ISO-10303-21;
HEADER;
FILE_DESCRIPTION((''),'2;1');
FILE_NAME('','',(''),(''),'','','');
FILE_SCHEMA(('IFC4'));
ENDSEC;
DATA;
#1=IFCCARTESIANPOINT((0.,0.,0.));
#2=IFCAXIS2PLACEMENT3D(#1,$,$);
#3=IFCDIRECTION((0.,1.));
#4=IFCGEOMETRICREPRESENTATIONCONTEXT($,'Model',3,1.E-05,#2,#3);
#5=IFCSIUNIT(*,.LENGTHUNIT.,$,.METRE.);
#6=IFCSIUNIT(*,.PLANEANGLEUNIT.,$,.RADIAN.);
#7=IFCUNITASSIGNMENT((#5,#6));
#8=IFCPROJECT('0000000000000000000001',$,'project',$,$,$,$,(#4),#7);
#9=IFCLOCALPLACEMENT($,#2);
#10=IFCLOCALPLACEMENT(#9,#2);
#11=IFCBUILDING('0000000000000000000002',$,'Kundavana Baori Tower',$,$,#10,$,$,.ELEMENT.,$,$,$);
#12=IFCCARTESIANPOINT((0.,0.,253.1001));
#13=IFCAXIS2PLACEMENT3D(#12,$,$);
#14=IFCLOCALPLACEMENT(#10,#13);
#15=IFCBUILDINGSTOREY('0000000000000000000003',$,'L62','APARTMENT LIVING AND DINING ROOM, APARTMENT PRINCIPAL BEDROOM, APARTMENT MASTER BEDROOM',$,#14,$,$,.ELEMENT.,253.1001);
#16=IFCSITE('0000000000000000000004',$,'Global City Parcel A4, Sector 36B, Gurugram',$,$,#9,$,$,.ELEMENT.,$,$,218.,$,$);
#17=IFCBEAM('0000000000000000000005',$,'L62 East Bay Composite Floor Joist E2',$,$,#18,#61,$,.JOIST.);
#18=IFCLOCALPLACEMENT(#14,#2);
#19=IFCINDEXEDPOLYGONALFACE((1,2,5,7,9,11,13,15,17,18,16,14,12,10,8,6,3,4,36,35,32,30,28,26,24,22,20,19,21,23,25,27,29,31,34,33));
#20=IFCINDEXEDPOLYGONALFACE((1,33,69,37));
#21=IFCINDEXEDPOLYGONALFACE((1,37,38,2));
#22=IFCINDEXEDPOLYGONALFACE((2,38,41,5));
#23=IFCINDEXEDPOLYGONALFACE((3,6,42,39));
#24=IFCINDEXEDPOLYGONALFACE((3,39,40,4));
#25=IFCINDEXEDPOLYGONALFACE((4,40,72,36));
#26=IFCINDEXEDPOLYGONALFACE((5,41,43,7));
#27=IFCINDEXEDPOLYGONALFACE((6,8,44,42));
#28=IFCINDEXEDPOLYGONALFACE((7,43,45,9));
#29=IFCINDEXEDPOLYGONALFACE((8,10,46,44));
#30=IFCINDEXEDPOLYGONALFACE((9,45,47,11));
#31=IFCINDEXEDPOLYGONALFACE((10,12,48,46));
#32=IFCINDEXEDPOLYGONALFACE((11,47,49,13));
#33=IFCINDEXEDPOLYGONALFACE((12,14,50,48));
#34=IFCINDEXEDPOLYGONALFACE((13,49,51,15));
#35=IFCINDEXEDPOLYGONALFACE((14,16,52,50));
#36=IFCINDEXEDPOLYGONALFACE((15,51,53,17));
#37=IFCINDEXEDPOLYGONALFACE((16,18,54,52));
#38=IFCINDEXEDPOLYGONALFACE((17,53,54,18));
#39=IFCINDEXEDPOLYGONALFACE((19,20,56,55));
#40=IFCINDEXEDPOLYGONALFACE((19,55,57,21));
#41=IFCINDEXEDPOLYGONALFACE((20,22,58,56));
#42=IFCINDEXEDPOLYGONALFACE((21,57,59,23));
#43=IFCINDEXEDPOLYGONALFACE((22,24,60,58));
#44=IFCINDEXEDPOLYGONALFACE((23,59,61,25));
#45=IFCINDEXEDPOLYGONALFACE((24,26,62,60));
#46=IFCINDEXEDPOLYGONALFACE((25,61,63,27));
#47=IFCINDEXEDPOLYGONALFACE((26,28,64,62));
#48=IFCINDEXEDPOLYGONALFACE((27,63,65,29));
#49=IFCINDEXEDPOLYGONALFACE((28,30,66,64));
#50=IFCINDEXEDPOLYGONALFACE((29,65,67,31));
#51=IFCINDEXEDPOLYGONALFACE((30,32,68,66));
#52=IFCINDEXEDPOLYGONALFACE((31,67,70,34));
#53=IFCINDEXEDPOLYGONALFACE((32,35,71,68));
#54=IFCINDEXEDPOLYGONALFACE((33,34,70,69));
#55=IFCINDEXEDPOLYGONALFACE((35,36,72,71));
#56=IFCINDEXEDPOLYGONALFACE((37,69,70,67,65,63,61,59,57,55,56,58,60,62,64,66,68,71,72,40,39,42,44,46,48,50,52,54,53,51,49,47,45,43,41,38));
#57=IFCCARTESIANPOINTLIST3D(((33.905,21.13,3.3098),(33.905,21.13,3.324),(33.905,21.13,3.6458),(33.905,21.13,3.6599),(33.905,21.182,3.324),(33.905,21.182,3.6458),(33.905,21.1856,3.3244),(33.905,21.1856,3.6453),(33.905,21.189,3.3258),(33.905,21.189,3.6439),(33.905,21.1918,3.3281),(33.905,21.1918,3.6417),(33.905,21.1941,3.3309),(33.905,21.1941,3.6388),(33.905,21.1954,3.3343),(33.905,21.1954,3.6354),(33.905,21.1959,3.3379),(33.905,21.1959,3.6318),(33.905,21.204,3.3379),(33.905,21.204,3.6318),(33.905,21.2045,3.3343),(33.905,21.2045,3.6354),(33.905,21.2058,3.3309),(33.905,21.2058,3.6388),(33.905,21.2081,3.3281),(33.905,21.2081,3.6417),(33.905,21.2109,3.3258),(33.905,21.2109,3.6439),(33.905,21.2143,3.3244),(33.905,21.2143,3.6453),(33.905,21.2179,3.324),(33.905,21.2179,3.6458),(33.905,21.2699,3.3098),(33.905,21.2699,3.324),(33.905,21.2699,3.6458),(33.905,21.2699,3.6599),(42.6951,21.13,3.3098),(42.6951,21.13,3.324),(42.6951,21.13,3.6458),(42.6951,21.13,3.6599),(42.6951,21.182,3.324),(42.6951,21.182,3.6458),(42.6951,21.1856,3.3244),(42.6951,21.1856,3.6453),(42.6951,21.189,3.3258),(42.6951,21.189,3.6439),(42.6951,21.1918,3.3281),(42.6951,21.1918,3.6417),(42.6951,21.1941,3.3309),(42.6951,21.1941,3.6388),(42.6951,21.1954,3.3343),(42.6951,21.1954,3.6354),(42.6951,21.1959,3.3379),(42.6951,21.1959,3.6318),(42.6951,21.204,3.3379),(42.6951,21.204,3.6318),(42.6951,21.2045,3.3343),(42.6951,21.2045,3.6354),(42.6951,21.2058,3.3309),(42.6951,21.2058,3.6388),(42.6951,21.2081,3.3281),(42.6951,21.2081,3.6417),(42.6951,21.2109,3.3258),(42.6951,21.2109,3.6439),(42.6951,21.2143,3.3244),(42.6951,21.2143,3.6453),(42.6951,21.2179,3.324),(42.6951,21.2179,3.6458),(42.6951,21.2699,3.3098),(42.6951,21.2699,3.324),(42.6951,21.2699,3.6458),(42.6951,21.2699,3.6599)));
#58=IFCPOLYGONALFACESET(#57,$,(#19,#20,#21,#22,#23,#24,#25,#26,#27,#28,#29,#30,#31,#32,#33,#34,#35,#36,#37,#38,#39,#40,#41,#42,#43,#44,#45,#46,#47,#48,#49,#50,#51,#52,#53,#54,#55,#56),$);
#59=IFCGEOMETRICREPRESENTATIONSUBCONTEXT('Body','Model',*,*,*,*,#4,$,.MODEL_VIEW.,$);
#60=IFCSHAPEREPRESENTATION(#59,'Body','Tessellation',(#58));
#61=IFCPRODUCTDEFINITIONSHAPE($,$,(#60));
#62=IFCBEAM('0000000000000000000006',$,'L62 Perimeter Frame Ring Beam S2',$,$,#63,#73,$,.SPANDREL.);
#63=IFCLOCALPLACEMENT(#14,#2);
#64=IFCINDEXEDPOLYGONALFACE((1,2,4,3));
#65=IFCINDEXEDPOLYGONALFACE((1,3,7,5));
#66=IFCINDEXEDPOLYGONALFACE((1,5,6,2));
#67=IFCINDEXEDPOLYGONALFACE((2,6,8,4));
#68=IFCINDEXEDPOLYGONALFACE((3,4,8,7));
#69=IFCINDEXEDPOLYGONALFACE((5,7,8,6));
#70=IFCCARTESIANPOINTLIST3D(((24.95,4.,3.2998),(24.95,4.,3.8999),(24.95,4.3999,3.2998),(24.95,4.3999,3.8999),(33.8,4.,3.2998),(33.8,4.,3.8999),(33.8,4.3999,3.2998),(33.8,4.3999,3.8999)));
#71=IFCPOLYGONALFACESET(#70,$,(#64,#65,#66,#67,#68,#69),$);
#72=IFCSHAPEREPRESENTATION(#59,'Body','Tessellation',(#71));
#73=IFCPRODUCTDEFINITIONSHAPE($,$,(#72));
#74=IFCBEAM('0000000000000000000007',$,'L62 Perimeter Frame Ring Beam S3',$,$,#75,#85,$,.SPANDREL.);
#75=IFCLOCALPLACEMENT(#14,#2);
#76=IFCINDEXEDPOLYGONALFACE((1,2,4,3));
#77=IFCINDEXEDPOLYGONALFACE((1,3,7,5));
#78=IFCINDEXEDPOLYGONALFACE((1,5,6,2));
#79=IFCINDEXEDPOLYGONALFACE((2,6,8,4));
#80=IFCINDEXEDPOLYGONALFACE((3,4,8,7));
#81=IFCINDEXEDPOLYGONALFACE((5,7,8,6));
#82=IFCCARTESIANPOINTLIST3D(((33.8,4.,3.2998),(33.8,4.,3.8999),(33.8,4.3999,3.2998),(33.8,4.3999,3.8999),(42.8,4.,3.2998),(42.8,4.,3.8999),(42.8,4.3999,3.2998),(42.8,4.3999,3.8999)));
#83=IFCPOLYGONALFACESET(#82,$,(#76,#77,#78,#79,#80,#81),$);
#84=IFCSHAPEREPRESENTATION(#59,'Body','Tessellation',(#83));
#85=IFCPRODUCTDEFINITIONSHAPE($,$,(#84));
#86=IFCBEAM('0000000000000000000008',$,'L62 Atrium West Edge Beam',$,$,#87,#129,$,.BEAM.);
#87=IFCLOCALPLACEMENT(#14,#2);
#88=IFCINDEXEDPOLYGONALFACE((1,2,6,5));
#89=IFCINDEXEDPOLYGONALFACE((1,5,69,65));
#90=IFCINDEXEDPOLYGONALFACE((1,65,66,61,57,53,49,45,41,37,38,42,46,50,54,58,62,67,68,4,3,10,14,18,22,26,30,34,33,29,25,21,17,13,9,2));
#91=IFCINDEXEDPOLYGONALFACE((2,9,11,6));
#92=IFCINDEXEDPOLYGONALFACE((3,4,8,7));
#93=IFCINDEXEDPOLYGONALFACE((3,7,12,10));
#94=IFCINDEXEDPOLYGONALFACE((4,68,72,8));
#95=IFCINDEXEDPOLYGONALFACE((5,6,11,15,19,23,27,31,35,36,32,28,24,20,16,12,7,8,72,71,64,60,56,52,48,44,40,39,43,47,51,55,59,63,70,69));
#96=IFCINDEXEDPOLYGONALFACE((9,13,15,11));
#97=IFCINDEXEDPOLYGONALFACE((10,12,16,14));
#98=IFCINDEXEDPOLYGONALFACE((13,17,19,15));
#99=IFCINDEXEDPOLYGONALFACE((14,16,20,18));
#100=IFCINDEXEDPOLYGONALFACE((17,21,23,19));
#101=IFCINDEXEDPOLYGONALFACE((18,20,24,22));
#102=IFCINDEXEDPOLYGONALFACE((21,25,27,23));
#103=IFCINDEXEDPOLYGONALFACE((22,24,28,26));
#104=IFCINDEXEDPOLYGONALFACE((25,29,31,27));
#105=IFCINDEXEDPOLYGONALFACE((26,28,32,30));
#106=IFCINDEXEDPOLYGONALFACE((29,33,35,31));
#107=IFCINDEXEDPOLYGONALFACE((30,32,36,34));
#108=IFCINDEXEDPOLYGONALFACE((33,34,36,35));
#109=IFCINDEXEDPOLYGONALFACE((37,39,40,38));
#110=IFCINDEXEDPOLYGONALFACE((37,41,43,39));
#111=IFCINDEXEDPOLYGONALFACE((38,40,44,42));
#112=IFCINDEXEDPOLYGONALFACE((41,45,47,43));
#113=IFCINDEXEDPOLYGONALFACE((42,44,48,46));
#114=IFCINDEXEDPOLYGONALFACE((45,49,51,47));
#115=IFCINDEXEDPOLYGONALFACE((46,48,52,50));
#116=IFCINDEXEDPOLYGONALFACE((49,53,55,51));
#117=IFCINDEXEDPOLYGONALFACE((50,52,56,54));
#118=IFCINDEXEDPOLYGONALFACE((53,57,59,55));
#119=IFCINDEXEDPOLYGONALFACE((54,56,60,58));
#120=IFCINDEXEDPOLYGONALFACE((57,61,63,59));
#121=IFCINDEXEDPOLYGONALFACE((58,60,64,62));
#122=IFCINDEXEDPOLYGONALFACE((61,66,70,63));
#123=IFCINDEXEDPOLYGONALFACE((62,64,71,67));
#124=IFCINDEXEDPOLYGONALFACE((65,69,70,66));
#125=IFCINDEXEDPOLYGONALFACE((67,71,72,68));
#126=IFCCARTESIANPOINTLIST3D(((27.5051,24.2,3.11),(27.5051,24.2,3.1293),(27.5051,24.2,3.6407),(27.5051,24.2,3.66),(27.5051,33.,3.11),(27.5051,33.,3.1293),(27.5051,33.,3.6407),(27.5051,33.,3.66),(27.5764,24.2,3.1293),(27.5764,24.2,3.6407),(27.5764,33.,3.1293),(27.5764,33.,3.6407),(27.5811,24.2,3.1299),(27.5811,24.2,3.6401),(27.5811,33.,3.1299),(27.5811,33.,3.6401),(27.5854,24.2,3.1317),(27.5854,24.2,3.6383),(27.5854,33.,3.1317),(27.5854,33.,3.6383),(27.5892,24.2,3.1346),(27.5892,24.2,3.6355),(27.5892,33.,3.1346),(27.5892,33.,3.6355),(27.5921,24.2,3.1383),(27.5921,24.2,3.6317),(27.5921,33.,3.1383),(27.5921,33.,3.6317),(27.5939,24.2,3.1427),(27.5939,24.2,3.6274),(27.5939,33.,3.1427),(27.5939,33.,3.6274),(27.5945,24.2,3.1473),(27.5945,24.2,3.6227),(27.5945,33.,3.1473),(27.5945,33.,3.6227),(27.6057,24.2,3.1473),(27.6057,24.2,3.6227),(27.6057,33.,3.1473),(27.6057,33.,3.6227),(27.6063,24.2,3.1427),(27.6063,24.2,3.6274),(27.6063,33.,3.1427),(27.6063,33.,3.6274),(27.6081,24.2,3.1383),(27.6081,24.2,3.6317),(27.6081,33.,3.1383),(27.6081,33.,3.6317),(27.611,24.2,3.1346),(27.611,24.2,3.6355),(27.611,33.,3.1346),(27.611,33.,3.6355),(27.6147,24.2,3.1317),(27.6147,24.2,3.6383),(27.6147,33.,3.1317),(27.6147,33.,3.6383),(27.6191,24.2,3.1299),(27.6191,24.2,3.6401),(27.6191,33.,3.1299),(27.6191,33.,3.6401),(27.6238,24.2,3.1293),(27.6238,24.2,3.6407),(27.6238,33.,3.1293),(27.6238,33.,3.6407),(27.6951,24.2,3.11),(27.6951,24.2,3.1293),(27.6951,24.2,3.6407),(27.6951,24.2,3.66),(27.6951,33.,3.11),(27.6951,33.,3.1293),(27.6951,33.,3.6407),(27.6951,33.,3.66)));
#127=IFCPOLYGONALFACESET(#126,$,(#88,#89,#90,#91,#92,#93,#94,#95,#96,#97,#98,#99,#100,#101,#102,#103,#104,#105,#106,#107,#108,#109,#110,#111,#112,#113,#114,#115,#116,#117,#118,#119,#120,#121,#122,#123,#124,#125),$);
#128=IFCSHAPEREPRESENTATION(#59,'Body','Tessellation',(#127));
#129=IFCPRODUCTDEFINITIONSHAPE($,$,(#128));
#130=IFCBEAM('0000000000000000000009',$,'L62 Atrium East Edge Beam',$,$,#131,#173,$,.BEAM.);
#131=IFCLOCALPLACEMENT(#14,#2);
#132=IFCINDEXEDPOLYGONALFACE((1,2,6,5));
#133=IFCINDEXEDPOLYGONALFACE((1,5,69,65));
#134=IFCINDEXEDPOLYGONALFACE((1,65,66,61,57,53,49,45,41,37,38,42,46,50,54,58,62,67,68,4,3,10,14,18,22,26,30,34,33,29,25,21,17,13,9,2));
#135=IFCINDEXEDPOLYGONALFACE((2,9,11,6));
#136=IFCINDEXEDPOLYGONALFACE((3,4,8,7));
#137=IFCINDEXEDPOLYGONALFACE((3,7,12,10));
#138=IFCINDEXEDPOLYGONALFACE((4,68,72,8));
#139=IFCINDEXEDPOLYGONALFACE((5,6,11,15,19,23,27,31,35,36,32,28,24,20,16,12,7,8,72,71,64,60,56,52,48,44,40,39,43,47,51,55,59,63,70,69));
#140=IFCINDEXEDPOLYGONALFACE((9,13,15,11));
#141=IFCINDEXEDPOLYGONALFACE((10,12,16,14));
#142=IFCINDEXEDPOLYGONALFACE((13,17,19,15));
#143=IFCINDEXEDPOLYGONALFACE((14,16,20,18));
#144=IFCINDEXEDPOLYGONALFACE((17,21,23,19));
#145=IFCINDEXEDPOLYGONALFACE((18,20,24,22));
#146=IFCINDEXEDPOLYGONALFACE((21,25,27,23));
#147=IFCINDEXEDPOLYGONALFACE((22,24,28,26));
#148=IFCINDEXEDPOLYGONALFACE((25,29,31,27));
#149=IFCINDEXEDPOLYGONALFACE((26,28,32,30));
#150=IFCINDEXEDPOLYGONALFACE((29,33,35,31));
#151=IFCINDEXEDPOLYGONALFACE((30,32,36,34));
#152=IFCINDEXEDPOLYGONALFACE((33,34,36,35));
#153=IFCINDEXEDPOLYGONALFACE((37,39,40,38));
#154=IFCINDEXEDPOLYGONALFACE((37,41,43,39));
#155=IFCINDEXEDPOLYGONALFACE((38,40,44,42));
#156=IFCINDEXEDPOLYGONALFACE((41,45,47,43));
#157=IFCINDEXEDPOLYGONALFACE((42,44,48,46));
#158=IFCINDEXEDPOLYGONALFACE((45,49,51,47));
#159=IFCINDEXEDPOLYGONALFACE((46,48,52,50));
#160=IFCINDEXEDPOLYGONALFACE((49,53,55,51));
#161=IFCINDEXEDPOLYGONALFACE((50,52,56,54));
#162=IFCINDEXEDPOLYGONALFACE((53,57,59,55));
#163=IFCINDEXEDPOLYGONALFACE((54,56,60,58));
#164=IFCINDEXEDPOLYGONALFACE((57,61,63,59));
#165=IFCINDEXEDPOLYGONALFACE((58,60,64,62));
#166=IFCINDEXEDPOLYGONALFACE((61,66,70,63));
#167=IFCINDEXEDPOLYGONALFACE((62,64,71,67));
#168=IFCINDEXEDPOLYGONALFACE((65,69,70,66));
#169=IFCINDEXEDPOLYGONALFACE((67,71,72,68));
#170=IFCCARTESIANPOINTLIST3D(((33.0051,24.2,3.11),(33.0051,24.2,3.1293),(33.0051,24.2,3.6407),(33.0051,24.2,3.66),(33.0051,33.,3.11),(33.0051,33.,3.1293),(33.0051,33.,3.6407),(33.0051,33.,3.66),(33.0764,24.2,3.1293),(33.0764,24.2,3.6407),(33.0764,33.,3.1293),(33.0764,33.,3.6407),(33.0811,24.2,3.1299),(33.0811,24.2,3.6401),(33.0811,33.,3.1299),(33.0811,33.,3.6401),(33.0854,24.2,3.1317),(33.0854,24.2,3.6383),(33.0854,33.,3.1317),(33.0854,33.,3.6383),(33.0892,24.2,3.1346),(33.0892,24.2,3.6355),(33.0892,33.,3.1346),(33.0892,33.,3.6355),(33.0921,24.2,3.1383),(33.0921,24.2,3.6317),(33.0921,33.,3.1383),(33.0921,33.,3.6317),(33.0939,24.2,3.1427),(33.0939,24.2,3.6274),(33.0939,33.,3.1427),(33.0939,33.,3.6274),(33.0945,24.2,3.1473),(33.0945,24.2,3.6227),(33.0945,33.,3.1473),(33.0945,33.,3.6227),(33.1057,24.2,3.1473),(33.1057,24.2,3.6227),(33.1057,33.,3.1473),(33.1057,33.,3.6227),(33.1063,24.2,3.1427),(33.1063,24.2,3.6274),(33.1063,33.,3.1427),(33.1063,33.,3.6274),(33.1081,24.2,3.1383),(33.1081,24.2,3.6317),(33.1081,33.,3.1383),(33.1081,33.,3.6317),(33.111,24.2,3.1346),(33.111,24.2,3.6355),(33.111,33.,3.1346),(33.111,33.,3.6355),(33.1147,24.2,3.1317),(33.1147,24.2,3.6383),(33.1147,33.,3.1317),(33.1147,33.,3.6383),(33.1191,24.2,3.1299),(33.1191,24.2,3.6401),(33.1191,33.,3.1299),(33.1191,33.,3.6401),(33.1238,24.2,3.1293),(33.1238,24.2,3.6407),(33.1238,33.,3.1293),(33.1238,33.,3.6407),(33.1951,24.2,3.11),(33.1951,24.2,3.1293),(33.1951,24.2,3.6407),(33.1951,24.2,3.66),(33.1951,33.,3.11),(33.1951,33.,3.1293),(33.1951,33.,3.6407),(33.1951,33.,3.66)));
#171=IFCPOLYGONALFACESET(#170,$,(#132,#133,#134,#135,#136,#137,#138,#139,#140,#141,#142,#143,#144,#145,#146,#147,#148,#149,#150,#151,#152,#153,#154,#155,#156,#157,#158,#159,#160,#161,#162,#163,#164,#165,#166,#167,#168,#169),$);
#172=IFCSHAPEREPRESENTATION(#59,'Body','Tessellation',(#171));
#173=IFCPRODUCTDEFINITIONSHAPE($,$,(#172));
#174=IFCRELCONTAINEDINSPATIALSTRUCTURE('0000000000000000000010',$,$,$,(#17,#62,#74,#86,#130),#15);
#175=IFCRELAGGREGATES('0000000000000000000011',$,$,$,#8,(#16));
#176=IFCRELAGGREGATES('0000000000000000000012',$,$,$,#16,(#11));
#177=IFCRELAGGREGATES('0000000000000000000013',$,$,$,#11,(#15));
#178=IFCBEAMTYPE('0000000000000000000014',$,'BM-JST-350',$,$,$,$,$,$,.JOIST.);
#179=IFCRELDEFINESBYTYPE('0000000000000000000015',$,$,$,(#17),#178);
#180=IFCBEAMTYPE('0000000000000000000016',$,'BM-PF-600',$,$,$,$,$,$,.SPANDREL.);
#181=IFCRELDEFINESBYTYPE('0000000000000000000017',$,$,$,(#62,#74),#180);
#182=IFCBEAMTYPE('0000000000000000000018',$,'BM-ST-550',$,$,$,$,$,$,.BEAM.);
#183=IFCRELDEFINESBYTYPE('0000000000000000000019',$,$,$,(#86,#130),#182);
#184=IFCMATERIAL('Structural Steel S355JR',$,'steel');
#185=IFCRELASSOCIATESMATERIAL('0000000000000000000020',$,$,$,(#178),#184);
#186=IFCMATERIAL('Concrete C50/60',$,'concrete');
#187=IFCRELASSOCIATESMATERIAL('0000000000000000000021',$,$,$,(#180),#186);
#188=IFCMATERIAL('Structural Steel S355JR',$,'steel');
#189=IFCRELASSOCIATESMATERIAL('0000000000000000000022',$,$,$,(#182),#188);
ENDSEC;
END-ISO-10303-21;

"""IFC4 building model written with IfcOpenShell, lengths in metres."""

from ifc_helpers import new_model, si_unit, direction, frame, origin, origin_2d, place, context, subcontext, project, spatial, rectangle, i_section, extrude, material, material_profile, profile_set, type_object, element, save


model = new_model("IFC4")

# Units and contexts
model_context = context("Model", 3, precision=1e-05, world=origin(), true_north=direction((0.0, 1.0)))
body_context = subcontext(model_context, "Body", "Model", "MODEL_VIEW")
ifc_project = project(units=[si_unit("LENGTHUNIT", "METRE"), si_unit("PLANEANGLEUNIT", "RADIAN")], contexts=[model_context])

# Site, building, storey
site_placement = place(None, origin())
site = spatial("IfcSite", under=ifc_project, at=site_placement, Name="Global City Parcel A4, Sector 36B, Gurugram", CompositionType="ELEMENT", RefElevation=218.0)
building_placement = place(site_placement, origin())
building = spatial("IfcBuilding", under=site, at=building_placement, Name="Kundavana Baori Tower", CompositionType="ELEMENT")
storey_placement = place(building_placement, frame((0.0, 0.0, 253.1001)))
storey = spatial("IfcBuildingStorey", under=building, at=storey_placement, Name="L62", Description="APARTMENT LIVING AND DINING ROOM, APARTMENT PRINCIPAL BEDROOM, APARTMENT MASTER BEDROOM", CompositionType="ELEMENT", Elevation=253.1001)

# Beams
ifc_material_1 = material(Name="Structural Steel S355JR", Category="steel")
ifc_material_profile_1 = material_profile(ifc_material_1, i_section(OverallWidth=0.1399, OverallDepth=0.3501, WebThickness=0.0081, FlangeThickness=0.0142, FilletRadius=0.0139, at=origin_2d()), Name="ISMB 350")
ifc_profile_set_1 = profile_set([ifc_material_profile_1], Name="Structural Steel S355JR")
beam_type_1 = type_object("IfcBeamType", Name="BM-JST-350", PredefinedType="JOIST", material=ifc_profile_set_1)
for number, where, z_axis, x_axis, name in (
    (1, (33.905, 21.2, 3.4849), (1.0, 0.0, 0.0), (0.0, 1.0, 0.0), "L62 East Bay Composite Floor Joist E2"),
):
    element("IfcBeam", number, at=place(storey_placement, frame(where, z_axis=z_axis, x_axis=x_axis)), inside=storey, type_object=beam_type_1, Name=name, PredefinedType="JOIST", context=body_context, shape_type="SweptSolid", body=[
        extrude(i_section(OverallWidth=0.1399, OverallDepth=0.3501, WebThickness=0.0081, FlangeThickness=0.0142, FilletRadius=0.0139, at=origin_2d()), origin(), (0.0, 0.0, 1.0), 8.79),
    ])
ifc_material_2 = material(Name="Concrete C50/60", Category="concrete")
ifc_material_profile_2 = material_profile(ifc_material_2, rectangle(XDim=0.3999, YDim=0.6001, at=origin_2d()), Name="RC BM 400x600")
ifc_profile_set_2 = profile_set([ifc_material_profile_2], Name="Concrete C50/60")
beam_type_2 = type_object("IfcBeamType", Name="BM-PF-600", PredefinedType="SPANDREL", material=ifc_profile_set_2)
beam_1_placement = place(storey_placement, frame((24.95, 4.2, 3.5999), z_axis=(1.0, 0.0, 0.0), x_axis=(0.0, 1.0, 0.0)))
element("IfcBeam", 2, at=beam_1_placement, inside=storey, type_object=beam_type_2, Name="L62 Perimeter Frame Ring Beam S2", PredefinedType="SPANDREL", context=body_context, shape_type="SweptSolid", body=[
    extrude(rectangle(XDim=0.3999, YDim=0.6001, at=origin_2d()), origin(), (0.0, 0.0, 1.0), 8.8501),
])
beam_2_placement = place(storey_placement, frame((33.8, 4.2, 3.5999), z_axis=(1.0, 0.0, 0.0), x_axis=(0.0, 1.0, 0.0)))
element("IfcBeam", 3, at=beam_2_placement, inside=storey, type_object=beam_type_2, Name="L62 Perimeter Frame Ring Beam S3", PredefinedType="SPANDREL", context=body_context, shape_type="SweptSolid", body=[
    extrude(rectangle(XDim=0.3999, YDim=0.6001, at=origin_2d()), origin(), (0.0, 0.0, 1.0), 9.0),
])
ifc_material_3 = material(Name="Structural Steel S355JR", Category="steel")
ifc_material_profile_3 = material_profile(ifc_material_3, i_section(OverallWidth=0.1899, OverallDepth=0.55, WebThickness=0.0112, FlangeThickness=0.0193, FilletRadius=0.0181, at=origin_2d()), Name="ISMB 550")
ifc_profile_set_3 = profile_set([ifc_material_profile_3], Name="Structural Steel S355JR")
beam_type_3 = type_object("IfcBeamType", Name="BM-ST-550", PredefinedType="BEAM", material=ifc_profile_set_3)
for number, where, z_axis, x_axis, name in (
    (4, (27.6001, 24.2, 3.385), (0.0, 1.0, 0.0), (-1.0, 0.0, 0.0), "L62 Atrium West Edge Beam"),
    (5, (33.1001, 24.2, 3.385), (0.0, 1.0, 0.0), (-1.0, 0.0, 0.0), "L62 Atrium East Edge Beam"),
):
    element("IfcBeam", number, at=place(storey_placement, frame(where, z_axis=z_axis, x_axis=x_axis)), inside=storey, type_object=beam_type_3, Name=name, PredefinedType="BEAM", context=body_context, shape_type="SweptSolid", body=[
        extrude(i_section(OverallWidth=0.1899, OverallDepth=0.55, WebThickness=0.0112, FlangeThickness=0.0193, FilletRadius=0.0181, at=origin_2d()), origin(), (0.0, 0.0, 1.0), 8.8),
    ])

save(model, "model.ifc")
